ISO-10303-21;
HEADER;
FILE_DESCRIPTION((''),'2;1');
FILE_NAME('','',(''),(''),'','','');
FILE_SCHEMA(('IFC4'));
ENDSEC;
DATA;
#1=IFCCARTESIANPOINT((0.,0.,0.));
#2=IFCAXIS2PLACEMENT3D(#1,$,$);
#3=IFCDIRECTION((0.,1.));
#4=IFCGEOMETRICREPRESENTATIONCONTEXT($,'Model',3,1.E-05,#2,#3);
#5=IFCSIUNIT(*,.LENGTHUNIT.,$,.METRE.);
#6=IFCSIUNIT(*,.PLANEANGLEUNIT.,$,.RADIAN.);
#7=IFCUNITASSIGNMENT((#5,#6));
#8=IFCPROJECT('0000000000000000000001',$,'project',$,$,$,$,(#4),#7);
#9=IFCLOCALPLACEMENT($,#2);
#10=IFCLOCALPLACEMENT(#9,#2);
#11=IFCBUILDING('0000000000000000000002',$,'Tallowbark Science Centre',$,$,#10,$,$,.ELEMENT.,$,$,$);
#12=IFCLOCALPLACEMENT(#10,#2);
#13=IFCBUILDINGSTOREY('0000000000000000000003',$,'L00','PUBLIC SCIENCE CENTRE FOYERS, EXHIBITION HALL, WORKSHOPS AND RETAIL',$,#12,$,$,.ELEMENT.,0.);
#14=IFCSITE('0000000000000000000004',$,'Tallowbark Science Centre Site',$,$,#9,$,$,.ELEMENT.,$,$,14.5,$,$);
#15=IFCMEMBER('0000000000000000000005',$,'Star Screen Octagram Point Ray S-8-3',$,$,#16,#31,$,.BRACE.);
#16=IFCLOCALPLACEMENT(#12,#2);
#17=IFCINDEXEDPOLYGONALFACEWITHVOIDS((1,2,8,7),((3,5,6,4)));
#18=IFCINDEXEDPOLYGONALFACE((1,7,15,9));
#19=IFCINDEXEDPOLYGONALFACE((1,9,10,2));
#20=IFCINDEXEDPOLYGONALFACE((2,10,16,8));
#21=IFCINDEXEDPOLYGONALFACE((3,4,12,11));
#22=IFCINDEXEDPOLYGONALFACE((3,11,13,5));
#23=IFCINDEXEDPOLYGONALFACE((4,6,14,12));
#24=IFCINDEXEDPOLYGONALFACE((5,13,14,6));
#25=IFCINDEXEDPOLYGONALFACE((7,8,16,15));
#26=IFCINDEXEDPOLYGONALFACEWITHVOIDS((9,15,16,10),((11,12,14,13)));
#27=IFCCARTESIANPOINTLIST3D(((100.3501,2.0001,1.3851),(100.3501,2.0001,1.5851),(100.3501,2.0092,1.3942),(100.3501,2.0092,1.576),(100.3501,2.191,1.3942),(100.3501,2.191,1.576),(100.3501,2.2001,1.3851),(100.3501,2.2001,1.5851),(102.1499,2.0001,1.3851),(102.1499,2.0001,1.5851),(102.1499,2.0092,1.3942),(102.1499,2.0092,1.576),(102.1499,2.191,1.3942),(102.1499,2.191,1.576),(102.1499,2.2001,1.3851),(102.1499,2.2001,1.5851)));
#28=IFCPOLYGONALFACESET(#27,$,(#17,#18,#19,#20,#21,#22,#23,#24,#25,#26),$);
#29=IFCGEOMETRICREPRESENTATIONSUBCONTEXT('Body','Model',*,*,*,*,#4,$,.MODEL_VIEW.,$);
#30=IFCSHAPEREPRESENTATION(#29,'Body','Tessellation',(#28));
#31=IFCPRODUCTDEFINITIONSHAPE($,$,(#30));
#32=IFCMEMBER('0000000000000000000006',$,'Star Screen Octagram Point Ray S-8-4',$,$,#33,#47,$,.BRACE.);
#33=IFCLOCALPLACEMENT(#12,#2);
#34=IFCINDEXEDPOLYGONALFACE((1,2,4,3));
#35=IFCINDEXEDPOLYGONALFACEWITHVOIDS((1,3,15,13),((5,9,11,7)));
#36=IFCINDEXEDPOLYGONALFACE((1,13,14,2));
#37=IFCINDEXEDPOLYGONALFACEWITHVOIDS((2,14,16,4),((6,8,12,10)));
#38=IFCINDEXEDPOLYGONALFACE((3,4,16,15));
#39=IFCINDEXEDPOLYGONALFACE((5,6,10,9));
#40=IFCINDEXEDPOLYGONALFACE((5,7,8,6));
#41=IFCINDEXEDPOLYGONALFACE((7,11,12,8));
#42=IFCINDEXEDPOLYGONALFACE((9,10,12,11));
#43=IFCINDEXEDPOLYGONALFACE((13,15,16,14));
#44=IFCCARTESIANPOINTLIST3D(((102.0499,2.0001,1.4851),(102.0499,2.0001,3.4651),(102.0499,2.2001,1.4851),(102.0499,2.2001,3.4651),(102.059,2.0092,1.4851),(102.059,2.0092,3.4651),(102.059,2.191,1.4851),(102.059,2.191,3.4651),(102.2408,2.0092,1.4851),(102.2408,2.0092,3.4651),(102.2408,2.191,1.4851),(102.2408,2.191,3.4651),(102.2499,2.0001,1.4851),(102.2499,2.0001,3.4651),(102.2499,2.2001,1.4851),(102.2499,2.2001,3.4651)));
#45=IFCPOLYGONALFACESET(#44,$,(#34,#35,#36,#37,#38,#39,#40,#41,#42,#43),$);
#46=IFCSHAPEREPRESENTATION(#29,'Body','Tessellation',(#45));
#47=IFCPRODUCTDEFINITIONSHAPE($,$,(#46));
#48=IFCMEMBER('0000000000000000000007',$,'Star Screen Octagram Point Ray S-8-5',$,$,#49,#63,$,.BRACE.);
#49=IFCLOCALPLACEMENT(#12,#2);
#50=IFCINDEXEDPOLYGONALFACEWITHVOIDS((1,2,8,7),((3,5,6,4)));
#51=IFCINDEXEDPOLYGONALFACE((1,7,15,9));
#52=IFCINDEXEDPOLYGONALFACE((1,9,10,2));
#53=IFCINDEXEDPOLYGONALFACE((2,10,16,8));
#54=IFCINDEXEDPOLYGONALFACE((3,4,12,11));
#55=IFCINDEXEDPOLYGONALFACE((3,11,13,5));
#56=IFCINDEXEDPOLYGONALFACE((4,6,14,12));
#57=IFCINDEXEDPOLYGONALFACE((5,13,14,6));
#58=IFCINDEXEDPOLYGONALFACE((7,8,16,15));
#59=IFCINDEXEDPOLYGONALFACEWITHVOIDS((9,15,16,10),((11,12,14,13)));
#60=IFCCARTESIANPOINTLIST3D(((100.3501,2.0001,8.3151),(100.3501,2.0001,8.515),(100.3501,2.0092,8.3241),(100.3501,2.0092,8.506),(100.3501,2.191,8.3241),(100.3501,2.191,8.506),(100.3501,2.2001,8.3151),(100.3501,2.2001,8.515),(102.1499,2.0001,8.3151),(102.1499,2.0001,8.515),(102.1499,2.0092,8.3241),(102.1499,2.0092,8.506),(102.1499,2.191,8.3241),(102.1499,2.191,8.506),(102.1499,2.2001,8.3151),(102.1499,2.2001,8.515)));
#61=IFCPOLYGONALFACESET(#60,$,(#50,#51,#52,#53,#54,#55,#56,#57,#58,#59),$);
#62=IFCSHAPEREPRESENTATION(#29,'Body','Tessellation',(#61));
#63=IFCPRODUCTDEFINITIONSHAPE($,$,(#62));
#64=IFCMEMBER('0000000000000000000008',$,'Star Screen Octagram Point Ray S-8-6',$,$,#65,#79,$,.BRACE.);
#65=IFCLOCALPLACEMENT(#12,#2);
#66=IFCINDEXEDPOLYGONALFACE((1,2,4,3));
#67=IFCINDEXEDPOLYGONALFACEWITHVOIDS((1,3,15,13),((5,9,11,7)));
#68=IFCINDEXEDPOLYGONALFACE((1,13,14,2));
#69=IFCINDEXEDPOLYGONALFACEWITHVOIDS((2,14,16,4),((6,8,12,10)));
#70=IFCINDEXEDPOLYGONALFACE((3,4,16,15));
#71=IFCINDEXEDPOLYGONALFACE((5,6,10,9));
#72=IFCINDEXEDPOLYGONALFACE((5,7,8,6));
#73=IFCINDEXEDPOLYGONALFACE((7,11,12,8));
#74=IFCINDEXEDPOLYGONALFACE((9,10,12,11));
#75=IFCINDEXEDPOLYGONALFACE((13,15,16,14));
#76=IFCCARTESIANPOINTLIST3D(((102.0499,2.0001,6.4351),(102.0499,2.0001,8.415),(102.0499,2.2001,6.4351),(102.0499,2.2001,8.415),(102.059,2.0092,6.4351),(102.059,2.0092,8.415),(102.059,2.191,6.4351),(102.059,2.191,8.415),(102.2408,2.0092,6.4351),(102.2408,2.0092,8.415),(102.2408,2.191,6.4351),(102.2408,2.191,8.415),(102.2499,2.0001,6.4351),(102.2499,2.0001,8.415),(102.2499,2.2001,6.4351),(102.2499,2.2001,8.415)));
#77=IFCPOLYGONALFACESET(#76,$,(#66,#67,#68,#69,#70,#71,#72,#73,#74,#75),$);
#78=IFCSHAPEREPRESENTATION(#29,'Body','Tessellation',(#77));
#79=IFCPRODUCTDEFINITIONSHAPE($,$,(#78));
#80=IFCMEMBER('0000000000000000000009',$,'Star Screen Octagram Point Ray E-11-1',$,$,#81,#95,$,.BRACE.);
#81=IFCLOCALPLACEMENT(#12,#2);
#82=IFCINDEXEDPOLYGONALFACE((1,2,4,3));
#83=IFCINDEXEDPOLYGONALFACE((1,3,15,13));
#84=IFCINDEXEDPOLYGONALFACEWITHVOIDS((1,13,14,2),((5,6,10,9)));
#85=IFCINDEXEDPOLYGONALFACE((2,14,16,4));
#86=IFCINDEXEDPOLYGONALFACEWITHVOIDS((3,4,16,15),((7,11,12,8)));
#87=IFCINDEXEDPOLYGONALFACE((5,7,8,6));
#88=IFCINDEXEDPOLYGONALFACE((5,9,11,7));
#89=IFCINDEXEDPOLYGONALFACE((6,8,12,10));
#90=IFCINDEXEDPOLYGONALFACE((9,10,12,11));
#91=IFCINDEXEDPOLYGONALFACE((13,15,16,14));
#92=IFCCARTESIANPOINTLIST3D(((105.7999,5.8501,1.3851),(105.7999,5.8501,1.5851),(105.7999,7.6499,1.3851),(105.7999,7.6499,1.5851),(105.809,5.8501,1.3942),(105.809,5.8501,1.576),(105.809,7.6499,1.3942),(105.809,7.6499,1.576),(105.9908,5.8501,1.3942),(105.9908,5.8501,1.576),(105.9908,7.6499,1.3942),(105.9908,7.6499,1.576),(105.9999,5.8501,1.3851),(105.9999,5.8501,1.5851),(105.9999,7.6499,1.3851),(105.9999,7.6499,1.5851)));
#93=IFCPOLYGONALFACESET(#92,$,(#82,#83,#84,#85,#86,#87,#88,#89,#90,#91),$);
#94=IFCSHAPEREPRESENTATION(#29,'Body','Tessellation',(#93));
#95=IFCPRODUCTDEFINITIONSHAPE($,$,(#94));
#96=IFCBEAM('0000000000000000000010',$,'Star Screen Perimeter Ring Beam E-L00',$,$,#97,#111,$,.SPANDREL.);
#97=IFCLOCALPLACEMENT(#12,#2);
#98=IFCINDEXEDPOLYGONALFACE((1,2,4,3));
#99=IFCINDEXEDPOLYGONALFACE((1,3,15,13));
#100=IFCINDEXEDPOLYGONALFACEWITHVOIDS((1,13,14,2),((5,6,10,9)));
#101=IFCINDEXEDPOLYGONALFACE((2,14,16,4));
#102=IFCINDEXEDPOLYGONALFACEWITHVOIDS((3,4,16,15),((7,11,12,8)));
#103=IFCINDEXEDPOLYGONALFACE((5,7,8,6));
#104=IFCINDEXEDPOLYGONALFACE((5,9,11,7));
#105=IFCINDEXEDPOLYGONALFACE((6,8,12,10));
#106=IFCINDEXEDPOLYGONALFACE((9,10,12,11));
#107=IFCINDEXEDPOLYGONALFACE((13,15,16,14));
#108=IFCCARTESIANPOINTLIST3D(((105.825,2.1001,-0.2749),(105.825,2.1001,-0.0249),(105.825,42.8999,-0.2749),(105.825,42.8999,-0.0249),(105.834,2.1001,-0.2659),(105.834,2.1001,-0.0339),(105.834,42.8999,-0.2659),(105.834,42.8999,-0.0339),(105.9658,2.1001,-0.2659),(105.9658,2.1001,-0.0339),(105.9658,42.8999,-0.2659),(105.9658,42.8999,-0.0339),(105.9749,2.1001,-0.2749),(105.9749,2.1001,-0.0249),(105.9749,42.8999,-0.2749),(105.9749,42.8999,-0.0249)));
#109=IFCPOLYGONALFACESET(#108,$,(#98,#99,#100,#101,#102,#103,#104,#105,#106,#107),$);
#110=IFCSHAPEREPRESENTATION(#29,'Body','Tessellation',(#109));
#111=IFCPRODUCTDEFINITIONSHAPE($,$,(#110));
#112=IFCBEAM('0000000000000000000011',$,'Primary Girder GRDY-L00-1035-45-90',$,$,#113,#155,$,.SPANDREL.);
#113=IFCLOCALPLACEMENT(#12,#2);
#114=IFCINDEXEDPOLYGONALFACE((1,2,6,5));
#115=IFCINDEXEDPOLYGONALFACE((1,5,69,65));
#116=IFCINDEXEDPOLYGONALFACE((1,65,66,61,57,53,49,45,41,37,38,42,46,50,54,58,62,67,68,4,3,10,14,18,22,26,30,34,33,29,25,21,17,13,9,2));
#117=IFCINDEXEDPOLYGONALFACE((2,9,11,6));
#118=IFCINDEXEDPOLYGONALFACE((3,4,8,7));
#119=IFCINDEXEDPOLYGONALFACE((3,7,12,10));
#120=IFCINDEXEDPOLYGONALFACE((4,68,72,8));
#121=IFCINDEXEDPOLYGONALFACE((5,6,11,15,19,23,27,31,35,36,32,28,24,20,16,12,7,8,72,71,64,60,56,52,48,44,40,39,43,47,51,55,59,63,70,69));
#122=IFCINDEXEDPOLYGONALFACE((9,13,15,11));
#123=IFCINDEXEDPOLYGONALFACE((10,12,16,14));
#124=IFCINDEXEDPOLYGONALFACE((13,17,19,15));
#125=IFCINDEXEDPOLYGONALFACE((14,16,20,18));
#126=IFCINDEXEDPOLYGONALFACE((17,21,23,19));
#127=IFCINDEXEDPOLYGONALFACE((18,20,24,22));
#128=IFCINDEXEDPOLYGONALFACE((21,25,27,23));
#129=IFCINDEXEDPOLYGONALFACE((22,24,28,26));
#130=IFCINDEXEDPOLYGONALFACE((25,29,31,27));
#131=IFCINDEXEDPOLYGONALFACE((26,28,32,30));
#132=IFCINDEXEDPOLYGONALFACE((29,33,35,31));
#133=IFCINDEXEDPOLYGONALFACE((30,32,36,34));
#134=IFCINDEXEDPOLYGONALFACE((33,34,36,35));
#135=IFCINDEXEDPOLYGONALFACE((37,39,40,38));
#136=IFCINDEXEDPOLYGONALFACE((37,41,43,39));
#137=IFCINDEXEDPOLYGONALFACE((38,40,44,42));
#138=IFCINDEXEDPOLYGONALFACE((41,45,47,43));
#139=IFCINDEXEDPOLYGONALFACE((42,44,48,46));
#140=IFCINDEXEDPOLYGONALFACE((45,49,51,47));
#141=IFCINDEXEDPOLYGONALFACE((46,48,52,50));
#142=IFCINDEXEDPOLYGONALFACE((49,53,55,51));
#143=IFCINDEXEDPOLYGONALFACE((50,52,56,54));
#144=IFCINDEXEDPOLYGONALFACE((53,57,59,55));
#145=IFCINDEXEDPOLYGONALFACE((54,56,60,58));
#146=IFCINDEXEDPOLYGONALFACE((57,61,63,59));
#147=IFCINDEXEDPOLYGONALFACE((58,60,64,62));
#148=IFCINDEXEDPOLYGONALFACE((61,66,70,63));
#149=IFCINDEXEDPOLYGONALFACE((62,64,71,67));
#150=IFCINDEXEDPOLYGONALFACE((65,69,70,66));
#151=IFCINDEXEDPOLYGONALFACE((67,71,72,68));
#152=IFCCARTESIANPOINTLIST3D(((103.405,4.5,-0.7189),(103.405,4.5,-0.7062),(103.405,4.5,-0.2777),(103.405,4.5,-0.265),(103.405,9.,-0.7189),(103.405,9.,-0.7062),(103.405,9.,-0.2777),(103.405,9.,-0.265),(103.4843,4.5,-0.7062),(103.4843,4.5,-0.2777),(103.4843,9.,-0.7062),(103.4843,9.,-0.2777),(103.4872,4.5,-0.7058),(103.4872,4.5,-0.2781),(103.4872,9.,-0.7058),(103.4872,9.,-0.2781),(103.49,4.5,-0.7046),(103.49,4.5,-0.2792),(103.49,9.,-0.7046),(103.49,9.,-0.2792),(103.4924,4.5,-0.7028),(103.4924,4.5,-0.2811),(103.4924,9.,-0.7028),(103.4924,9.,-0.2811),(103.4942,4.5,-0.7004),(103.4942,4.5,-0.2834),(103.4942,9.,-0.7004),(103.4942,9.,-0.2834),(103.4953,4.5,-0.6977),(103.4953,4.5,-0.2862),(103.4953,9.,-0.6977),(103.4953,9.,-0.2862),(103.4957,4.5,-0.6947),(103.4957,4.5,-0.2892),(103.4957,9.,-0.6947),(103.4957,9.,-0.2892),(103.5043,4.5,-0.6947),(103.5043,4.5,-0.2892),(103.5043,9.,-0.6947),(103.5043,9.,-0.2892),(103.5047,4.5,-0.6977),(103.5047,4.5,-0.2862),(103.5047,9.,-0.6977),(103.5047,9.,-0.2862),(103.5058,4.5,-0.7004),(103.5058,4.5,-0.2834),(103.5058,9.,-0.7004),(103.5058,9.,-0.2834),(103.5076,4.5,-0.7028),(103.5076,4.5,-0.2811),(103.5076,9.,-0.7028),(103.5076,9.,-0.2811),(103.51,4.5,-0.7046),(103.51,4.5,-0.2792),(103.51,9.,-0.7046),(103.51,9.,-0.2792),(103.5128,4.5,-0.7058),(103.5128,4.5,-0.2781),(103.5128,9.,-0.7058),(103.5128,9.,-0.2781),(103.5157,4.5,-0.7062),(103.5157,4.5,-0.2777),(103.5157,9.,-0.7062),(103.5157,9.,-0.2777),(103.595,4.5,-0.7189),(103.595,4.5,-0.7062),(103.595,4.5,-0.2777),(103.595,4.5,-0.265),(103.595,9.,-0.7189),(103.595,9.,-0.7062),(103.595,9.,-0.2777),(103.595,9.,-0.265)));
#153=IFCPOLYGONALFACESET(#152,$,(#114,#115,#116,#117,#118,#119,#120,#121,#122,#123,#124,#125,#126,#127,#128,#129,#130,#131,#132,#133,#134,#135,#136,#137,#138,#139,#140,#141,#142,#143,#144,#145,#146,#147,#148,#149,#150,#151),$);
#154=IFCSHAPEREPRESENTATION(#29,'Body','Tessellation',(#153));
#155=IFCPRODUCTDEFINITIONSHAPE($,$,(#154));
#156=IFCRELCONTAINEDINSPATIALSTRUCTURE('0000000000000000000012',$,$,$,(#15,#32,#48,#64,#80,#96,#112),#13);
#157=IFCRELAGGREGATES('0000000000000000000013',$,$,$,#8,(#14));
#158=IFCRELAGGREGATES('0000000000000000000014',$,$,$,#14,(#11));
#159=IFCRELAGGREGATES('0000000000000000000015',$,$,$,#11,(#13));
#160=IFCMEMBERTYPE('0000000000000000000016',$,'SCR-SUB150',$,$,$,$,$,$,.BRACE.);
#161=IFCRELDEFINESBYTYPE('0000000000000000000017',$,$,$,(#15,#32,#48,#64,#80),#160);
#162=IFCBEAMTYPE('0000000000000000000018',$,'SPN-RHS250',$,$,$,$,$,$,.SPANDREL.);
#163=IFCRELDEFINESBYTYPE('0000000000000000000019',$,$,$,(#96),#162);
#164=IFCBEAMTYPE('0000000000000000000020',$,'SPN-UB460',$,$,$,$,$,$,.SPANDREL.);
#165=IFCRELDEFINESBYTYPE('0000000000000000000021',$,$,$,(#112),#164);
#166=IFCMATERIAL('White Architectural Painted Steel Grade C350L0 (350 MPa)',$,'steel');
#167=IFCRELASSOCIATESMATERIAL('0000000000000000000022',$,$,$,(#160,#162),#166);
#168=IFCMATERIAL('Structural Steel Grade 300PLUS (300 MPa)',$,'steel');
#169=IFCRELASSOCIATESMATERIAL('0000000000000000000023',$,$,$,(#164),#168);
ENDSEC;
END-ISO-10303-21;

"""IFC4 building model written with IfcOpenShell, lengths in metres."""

from ifc_helpers import new_model, si_unit, direction, frame, origin, origin_2d, place, context, subcontext, project, spatial, hollow_rectangle, i_section, extrude, material, material_profile, profile_set, type_object, element, save


model = new_model("IFC4")

# Units and contexts
model_context = context("Model", 3, precision=1e-05, world=origin(), true_north=direction((0.0, 1.0)))
body_context = subcontext(model_context, "Body", "Model", "MODEL_VIEW")
ifc_project = project(units=[si_unit("LENGTHUNIT", "METRE"), si_unit("PLANEANGLEUNIT", "RADIAN")], contexts=[model_context])

# Site, building, storey
site_placement = place(None, origin())
site = spatial("IfcSite", under=ifc_project, at=site_placement, Name="Tallowbark Science Centre Site", CompositionType="ELEMENT", RefElevation=14.5)
building_placement = place(site_placement, origin())
building = spatial("IfcBuilding", under=site, at=building_placement, Name="Tallowbark Science Centre", CompositionType="ELEMENT")
storey_placement = place(building_placement, origin())
storey = spatial("IfcBuildingStorey", under=building, at=storey_placement, Name="L00", Description="PUBLIC SCIENCE CENTRE FOYERS, EXHIBITION HALL, WORKSHOPS AND RETAIL", CompositionType="ELEMENT", Elevation=0.0)

# Shared definitions
ifc_material_1 = material(Name="White Architectural Painted Steel Grade C350L0 (350 MPa)", Category="steel")
ifc_material_2 = material(Name="Structural Steel Grade 300PLUS (300 MPa)", Category="steel")

# Members
ifc_material_profile_1 = material_profile(ifc_material_1, hollow_rectangle(XDim=0.2, YDim=0.2, WallThickness=0.009, at=origin_2d()), Name="200x200x9.0SHS")
ifc_profile_set_1 = profile_set([ifc_material_profile_1], Name="White Architectural Painted Steel Grade C350L0 (350 MPa)")
member_type_1 = type_object("IfcMemberType", Name="SCR-SUB150", PredefinedType="BRACE", material=ifc_profile_set_1)
member_1_placement = place(storey_placement, frame((102.1499, 2.1001, 1.4851), z_axis=(-1.0, 0.0, 0.0), x_axis=(0.0, -1.0, 0.0)))
element("IfcMember", 1, at=member_1_placement, inside=storey, type_object=member_type_1, Name="Star Screen Octagram Point Ray S-8-3", PredefinedType="BRACE", context=body_context, shape_type="SweptSolid", body=[
    extrude(hollow_rectangle(XDim=0.2, YDim=0.2, WallThickness=0.009, at=origin_2d()), origin(), (0.0, 0.0, 1.0), 1.7998),
])
member_2_placement = place(storey_placement, frame((102.1499, 2.1001, 1.4851), z_axis=(0.0, 0.0, 1.0), x_axis=(1.0, 0.0, 0.0)))
element("IfcMember", 2, at=member_2_placement, inside=storey, type_object=member_type_1, Name="Star Screen Octagram Point Ray S-8-4", PredefinedType="BRACE", context=body_context, shape_type="SweptSolid", body=[
    extrude(hollow_rectangle(XDim=0.2, YDim=0.2, WallThickness=0.009, at=origin_2d()), origin(), (0.0, 0.0, 1.0), 1.98),
])
member_3_placement = place(storey_placement, frame((102.1499, 2.1001, 8.415), z_axis=(-1.0, 0.0, 0.0), x_axis=(0.0, -1.0, 0.0)))
element("IfcMember", 3, at=member_3_placement, inside=storey, type_object=member_type_1, Name="Star Screen Octagram Point Ray S-8-5", PredefinedType="BRACE", context=body_context, shape_type="SweptSolid", body=[
    extrude(hollow_rectangle(XDim=0.2, YDim=0.2, WallThickness=0.009, at=origin_2d()), origin(), (0.0, 0.0, 1.0), 1.7998),
])
member_4_placement = place(storey_placement, frame((102.1499, 2.1001, 8.415), z_axis=(0.0, 0.0, -1.0), x_axis=(1.0, 0.0, 0.0)))
element("IfcMember", 4, at=member_4_placement, inside=storey, type_object=member_type_1, Name="Star Screen Octagram Point Ray S-8-6", PredefinedType="BRACE", context=body_context, shape_type="SweptSolid", body=[
    extrude(hollow_rectangle(XDim=0.2, YDim=0.2, WallThickness=0.009, at=origin_2d()), origin(), (0.0, 0.0, 1.0), 1.98),
])
member_5_placement = place(storey_placement, frame((105.8999, 5.8501, 1.4851), z_axis=(0.0, 1.0, 0.0), x_axis=(-1.0, 0.0, 0.0)))
element("IfcMember", 5, at=member_5_placement, inside=storey, type_object=member_type_1, Name="Star Screen Octagram Point Ray E-11-1", PredefinedType="BRACE", context=body_context, shape_type="SweptSolid", body=[
    extrude(hollow_rectangle(XDim=0.2, YDim=0.2, WallThickness=0.009, at=origin_2d()), origin(), (0.0, 0.0, 1.0), 1.7998),
])

# Beams
ifc_material_profile_2 = material_profile(ifc_material_1, hollow_rectangle(XDim=0.1499, YDim=0.25, WallThickness=0.009, at=origin_2d()), Name="250x150x9.0RHS")
ifc_profile_set_2 = profile_set([ifc_material_profile_2], Name="White Architectural Painted Steel Grade C350L0 (350 MPa)")
beam_type_1 = type_object("IfcBeamType", Name="SPN-RHS250", PredefinedType="SPANDREL", material=ifc_profile_set_2)
beam_placement = place(storey_placement, frame((105.8999, 2.1001, -0.1499), z_axis=(0.0, 1.0, 0.0), x_axis=(-1.0, 0.0, 0.0)))
element("IfcBeam", 6, at=beam_placement, inside=storey, type_object=beam_type_1, Name="Star Screen Perimeter Ring Beam E-L00", PredefinedType="SPANDREL", context=body_context, shape_type="SweptSolid", body=[
    extrude(hollow_rectangle(XDim=0.1499, YDim=0.25, WallThickness=0.009, at=origin_2d()), origin(), (0.0, 0.0, 1.0), 40.7998),
])
ifc_material_profile_3 = material_profile(ifc_material_2, i_section(OverallWidth=0.1899, OverallDepth=0.4539, WebThickness=0.0085, FlangeThickness=0.0127, FilletRadius=0.0115, at=origin_2d()), Name="460UB67.1")
ifc_profile_set_3 = profile_set([ifc_material_profile_3], Name="Structural Steel Grade 300PLUS (300 MPa)")
beam_type_2 = type_object("IfcBeamType", Name="SPN-UB460", PredefinedType="SPANDREL", material=ifc_profile_set_3)
for number, where, z_axis, x_axis, name in (
    (7, (103.5, 4.5, -0.4919), (0.0, 1.0, 0.0), (-1.0, 0.0, 0.0), "Primary Girder GRDY-L00-1035-45-90"),
):
    element("IfcBeam", number, at=place(storey_placement, frame(where, z_axis=z_axis, x_axis=x_axis)), inside=storey, type_object=beam_type_2, Name=name, PredefinedType="SPANDREL", context=body_context, shape_type="SweptSolid", body=[
        extrude(i_section(OverallWidth=0.1899, OverallDepth=0.4539, WebThickness=0.0085, FlangeThickness=0.0127, FilletRadius=0.0115, at=origin_2d()), origin(), (0.0, 0.0, 1.0), 4.5),
    ])

save(model, "model.ifc")
